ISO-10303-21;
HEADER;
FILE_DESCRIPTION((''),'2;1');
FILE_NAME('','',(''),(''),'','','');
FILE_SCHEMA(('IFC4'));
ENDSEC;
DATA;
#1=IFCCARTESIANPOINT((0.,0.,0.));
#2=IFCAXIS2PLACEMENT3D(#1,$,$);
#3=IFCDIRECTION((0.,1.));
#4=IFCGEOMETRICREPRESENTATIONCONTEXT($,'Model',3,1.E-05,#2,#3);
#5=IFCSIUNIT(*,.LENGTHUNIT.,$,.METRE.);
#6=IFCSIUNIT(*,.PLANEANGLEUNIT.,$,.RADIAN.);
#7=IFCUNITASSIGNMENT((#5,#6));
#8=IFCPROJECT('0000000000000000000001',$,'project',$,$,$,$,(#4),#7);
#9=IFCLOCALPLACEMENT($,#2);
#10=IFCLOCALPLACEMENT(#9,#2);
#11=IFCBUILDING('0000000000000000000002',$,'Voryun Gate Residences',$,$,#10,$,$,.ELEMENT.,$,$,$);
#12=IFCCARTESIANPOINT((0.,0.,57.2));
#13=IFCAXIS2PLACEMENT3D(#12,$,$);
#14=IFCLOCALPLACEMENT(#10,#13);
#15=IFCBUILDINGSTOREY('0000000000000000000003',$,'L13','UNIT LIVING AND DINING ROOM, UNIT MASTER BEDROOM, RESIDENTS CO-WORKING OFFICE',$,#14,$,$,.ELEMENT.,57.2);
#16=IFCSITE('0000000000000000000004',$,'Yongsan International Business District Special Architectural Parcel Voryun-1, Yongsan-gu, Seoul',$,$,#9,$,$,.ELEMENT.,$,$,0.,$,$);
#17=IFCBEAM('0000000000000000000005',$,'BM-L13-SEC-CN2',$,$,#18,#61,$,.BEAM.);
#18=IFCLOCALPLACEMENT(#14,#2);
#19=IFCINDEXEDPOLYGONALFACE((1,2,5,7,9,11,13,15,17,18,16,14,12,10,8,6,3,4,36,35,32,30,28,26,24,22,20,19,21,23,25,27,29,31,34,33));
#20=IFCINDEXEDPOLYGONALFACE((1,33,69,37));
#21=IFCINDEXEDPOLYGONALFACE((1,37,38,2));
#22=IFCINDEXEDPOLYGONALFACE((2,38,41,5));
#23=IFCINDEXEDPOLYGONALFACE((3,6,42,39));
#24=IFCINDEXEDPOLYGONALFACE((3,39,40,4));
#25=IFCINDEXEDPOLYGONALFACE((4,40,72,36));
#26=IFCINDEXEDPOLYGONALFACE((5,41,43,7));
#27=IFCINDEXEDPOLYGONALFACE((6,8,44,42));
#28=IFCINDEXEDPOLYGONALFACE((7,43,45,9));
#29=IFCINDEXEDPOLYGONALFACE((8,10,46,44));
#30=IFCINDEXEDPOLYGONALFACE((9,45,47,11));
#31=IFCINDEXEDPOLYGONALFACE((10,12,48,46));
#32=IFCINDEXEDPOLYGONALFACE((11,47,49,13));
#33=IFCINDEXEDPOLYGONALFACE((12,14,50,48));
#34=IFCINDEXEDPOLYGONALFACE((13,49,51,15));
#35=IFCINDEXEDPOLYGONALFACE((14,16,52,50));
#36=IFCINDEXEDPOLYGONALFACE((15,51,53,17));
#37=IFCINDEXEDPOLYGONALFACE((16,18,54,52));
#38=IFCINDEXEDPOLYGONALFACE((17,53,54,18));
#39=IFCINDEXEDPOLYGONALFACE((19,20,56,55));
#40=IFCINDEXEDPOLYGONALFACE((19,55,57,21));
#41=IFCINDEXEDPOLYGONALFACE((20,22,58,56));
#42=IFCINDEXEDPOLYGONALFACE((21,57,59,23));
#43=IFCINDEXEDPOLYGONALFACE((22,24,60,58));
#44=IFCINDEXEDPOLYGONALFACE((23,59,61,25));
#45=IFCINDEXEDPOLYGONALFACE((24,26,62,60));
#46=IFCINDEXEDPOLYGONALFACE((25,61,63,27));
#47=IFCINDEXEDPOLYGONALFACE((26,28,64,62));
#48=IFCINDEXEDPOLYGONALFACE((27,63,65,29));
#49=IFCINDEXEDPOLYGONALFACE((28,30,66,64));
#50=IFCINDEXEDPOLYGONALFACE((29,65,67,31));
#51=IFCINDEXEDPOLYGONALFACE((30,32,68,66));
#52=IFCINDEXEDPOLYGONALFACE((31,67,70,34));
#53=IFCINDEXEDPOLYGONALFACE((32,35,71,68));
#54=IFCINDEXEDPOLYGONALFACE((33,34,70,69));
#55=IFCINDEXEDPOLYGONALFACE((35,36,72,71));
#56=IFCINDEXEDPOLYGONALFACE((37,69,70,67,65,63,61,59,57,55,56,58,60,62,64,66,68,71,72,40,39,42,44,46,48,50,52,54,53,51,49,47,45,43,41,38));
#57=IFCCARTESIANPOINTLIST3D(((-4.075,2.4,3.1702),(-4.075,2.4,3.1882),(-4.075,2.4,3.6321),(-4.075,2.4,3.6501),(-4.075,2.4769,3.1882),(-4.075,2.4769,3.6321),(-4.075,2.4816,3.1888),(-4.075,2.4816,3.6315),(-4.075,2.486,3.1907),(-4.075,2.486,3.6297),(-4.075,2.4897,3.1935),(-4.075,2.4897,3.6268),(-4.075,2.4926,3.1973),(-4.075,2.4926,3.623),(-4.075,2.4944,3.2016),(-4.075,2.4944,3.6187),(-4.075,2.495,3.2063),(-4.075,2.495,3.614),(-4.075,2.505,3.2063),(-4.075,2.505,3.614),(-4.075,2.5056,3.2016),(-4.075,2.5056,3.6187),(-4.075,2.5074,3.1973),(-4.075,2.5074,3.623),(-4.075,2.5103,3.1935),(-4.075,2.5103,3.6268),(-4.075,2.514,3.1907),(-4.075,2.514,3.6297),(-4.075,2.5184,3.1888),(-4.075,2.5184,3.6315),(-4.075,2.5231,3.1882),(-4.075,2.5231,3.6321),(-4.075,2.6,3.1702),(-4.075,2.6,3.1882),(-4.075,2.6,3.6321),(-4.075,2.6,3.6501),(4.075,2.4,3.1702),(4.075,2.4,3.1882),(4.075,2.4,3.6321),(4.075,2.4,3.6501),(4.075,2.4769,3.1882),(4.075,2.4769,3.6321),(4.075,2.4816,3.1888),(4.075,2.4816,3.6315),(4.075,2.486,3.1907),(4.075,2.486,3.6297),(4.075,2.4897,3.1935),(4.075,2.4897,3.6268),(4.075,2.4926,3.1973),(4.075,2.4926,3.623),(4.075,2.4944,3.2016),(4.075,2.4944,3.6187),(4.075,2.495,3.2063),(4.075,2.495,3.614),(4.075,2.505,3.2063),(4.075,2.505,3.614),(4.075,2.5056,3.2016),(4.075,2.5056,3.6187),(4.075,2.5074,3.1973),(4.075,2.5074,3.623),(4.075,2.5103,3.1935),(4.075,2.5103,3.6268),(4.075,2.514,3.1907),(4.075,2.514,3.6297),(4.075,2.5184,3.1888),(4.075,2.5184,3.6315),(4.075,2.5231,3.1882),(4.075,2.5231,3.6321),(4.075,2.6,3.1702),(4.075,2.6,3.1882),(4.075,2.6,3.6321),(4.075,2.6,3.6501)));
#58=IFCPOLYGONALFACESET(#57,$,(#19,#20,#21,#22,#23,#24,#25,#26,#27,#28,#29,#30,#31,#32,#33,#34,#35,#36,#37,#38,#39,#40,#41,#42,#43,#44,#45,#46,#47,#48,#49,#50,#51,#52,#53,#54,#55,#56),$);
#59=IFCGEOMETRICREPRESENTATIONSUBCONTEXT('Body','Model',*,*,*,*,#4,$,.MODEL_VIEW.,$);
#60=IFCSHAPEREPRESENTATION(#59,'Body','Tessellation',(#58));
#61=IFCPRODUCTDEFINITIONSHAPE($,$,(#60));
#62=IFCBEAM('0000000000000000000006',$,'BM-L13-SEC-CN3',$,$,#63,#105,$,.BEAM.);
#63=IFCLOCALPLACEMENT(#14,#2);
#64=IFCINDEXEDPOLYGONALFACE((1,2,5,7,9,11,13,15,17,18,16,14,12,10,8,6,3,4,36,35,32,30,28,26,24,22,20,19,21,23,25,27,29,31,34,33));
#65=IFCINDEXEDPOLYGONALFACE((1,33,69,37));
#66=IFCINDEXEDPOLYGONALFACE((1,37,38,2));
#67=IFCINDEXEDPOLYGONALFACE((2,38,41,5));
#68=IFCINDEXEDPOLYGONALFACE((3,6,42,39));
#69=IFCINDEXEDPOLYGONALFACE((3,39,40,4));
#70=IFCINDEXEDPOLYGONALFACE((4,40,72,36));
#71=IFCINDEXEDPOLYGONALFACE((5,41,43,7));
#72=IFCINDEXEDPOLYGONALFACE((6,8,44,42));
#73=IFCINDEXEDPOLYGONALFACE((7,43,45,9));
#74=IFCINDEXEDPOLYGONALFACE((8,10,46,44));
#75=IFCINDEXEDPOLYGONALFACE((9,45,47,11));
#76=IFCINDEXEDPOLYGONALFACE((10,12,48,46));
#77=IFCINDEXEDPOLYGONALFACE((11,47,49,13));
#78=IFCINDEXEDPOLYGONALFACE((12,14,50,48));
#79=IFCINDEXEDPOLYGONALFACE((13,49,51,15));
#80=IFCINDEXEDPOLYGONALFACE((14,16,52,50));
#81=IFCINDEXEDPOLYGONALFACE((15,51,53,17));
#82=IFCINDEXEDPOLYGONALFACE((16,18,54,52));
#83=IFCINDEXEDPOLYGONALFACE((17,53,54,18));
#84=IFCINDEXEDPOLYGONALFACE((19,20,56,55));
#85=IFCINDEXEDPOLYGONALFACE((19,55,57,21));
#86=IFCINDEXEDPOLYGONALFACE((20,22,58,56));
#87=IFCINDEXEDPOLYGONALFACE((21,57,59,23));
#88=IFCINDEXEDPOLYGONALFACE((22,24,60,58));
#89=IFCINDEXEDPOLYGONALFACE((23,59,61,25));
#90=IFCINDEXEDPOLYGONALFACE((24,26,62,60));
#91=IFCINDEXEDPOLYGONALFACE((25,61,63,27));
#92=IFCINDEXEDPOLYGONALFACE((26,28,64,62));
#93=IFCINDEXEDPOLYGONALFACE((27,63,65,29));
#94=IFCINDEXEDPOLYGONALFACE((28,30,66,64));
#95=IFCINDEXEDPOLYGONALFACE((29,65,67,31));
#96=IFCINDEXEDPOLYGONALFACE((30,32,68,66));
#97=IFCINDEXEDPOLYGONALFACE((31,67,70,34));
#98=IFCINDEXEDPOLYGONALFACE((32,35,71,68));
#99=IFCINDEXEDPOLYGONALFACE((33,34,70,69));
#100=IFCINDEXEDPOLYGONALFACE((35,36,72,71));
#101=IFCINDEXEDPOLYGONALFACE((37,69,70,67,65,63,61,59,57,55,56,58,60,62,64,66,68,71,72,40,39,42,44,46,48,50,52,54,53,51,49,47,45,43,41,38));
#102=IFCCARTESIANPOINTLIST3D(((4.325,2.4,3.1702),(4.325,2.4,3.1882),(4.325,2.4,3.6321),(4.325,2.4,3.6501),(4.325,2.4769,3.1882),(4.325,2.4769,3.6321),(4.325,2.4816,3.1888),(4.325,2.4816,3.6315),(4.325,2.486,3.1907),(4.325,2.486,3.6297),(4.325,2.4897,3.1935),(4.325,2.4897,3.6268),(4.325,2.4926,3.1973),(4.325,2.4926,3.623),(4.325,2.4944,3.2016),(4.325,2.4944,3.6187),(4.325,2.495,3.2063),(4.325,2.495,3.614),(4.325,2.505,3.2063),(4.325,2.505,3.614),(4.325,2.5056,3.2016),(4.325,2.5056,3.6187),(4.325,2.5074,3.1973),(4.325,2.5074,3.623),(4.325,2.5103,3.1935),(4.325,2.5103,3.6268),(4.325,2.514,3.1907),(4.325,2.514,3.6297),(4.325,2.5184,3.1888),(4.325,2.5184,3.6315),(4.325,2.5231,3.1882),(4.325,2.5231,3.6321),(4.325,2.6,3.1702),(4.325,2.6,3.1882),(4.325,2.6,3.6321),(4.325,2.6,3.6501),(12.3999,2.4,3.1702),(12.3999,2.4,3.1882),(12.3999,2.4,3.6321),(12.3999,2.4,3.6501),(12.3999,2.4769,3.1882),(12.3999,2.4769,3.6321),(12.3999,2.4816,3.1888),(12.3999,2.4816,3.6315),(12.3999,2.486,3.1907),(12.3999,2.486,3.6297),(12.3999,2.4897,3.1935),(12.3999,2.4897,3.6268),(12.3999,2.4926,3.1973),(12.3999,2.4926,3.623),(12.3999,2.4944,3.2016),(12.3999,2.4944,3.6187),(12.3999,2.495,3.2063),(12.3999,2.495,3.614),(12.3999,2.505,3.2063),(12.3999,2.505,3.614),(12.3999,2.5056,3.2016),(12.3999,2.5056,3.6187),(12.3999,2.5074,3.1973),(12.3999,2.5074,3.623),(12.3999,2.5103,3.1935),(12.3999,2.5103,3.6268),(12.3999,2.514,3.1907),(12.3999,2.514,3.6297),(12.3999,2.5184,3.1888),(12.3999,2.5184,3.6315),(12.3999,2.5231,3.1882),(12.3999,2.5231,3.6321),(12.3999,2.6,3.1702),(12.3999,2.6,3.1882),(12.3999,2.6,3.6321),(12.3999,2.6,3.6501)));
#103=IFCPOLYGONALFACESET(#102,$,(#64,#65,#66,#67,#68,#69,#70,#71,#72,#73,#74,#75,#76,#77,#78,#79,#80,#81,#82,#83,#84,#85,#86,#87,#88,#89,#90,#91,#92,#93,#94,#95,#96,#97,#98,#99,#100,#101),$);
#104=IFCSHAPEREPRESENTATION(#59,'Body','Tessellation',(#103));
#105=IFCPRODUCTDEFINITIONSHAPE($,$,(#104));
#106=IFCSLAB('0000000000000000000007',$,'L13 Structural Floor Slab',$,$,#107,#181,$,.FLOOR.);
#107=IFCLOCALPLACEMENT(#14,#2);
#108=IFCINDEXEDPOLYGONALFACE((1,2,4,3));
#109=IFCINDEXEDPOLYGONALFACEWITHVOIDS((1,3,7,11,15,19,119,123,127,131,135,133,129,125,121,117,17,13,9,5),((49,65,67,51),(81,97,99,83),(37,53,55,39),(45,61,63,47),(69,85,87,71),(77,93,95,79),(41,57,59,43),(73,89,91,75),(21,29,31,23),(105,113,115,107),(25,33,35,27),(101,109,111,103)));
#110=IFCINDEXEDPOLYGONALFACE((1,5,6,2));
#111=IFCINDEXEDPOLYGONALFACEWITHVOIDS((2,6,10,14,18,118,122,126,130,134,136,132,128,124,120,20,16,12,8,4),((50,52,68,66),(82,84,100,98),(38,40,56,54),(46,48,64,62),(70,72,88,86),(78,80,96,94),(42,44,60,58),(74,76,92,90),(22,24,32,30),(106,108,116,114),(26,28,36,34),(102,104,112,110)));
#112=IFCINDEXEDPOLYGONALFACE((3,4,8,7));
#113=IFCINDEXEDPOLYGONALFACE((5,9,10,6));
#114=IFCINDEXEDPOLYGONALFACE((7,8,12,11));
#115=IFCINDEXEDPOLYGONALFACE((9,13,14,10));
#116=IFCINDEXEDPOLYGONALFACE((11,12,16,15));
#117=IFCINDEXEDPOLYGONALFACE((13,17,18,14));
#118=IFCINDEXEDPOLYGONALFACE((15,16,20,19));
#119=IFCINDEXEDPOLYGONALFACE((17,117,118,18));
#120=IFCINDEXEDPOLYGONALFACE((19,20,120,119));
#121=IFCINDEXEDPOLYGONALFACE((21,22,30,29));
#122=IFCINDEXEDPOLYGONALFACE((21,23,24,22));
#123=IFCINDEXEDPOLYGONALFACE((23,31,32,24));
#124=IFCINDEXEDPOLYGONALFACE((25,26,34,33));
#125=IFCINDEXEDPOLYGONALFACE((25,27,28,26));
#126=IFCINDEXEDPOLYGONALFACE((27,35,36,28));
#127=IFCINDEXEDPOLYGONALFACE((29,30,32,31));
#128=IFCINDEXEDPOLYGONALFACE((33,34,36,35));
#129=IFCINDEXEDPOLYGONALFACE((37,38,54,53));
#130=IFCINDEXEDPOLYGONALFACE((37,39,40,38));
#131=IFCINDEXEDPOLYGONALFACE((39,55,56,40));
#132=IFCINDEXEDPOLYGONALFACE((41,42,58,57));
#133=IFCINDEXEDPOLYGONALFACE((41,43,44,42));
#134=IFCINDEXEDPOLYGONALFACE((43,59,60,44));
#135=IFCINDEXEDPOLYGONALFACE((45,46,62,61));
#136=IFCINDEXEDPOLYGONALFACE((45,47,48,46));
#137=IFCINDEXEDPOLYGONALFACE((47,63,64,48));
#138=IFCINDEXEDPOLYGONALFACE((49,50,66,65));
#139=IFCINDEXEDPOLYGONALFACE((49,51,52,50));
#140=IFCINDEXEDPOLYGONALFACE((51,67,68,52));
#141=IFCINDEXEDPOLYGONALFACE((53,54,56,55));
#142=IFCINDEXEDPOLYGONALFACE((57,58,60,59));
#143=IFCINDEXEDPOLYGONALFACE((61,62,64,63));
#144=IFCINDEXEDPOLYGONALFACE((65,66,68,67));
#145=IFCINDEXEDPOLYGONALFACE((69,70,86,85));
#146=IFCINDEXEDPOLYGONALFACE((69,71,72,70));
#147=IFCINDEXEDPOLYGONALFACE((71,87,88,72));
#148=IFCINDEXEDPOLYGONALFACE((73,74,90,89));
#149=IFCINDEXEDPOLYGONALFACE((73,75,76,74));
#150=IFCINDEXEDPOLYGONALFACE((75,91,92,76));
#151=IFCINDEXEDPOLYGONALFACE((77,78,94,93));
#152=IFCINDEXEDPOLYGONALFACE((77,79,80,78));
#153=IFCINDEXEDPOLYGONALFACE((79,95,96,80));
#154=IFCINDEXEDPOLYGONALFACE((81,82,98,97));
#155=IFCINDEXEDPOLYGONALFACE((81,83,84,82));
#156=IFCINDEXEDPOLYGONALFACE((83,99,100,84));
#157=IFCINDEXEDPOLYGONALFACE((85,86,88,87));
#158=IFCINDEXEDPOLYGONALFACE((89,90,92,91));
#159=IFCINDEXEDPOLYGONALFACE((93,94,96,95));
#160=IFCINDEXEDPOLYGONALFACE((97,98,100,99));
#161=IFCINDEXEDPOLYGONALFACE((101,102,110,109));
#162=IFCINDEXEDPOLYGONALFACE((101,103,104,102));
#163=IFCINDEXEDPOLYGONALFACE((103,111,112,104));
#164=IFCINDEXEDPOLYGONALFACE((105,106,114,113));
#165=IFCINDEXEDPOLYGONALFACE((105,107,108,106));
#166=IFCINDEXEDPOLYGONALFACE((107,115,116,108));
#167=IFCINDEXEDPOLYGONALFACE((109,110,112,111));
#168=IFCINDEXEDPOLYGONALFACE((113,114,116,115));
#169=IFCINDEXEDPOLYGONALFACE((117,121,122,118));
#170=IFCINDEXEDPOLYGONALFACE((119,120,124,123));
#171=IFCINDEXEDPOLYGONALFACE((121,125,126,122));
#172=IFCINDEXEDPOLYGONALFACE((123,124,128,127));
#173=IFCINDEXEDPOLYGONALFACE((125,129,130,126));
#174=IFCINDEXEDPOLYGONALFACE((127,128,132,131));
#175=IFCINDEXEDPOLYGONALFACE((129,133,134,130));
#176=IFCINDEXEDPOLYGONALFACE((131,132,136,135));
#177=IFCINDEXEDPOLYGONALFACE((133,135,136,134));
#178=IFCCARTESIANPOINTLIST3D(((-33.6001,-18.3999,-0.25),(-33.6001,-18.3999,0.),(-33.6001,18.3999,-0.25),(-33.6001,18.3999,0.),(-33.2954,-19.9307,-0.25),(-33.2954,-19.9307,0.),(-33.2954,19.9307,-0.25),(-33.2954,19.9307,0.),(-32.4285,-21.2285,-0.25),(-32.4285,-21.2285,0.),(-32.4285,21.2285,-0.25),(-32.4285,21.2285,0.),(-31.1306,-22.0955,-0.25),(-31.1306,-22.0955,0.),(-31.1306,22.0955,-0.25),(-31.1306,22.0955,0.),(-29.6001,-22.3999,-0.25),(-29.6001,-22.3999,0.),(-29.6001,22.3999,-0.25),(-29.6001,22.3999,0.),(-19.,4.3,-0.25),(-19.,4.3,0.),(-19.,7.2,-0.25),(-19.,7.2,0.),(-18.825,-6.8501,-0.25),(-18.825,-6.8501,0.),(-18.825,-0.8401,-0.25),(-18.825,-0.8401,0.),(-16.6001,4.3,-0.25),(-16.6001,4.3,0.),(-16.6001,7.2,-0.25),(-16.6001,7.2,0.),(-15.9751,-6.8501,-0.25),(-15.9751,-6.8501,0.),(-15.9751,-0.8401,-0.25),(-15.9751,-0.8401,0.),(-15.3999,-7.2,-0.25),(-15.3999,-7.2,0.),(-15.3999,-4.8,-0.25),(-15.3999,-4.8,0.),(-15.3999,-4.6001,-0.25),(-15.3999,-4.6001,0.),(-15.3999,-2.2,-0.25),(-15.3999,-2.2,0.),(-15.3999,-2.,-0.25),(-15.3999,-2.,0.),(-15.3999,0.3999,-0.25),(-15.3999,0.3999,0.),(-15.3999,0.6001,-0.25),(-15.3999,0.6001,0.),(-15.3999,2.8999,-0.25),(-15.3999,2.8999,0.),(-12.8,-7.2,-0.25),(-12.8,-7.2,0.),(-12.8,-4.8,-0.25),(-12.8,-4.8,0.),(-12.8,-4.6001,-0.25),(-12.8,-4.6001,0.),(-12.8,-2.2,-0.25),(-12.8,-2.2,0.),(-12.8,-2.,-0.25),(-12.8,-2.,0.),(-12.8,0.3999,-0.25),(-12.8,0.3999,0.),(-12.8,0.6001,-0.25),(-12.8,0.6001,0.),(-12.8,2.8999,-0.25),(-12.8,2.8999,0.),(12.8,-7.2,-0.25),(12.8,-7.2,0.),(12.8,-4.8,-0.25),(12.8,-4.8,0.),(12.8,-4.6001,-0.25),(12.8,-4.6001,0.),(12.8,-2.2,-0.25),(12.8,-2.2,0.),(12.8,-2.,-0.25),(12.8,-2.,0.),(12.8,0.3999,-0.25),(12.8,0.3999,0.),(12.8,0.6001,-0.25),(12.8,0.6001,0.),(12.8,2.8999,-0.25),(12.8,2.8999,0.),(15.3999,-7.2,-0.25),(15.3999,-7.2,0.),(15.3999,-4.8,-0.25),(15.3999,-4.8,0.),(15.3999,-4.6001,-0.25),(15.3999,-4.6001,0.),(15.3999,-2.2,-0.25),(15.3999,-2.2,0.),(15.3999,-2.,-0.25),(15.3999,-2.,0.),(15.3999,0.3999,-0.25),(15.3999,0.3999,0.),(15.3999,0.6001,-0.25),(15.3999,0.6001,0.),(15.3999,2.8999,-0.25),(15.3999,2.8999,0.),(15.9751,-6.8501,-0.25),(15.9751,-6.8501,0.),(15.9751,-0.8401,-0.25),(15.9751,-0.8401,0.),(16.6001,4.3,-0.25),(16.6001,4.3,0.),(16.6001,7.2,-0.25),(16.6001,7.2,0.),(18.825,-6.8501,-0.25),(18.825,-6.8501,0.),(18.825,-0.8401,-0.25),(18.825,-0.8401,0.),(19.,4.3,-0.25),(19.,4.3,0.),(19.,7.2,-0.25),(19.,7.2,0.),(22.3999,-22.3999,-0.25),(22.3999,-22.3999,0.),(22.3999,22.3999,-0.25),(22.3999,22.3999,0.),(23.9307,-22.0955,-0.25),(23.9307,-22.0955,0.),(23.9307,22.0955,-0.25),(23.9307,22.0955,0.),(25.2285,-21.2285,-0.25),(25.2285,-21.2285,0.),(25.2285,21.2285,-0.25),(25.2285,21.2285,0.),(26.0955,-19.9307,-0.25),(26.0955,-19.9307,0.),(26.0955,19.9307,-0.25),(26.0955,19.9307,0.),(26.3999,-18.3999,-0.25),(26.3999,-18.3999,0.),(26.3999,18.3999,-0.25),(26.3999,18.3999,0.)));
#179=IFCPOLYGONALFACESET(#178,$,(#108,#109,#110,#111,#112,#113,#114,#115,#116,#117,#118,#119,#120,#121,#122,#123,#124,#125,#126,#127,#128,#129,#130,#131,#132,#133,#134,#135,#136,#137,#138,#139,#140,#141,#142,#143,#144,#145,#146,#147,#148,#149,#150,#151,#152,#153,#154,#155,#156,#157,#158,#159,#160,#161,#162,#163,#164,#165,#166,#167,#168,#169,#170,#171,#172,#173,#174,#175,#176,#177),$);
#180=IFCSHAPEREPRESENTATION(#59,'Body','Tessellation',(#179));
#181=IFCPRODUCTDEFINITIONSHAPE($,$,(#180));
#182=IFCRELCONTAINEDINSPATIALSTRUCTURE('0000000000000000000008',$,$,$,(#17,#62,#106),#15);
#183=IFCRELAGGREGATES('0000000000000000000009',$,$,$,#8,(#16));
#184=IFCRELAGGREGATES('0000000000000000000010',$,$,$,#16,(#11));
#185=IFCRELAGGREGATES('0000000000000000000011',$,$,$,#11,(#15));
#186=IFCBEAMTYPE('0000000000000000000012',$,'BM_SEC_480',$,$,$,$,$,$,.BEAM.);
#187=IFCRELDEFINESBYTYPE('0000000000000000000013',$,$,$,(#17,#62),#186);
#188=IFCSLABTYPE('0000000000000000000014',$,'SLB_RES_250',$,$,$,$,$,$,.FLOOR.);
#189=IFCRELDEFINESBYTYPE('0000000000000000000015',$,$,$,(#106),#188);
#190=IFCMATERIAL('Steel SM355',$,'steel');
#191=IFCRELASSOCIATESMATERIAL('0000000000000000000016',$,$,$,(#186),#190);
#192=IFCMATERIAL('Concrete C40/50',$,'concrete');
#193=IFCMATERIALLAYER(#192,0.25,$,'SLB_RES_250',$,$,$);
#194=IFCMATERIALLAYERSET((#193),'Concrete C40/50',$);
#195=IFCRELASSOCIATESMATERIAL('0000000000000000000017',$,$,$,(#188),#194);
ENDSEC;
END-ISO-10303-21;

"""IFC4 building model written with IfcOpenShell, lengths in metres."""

from ifc_helpers import new_model, si_unit, direction, frame, origin, origin_2d, place, context, subcontext, project, spatial, polyline, i_section, outline, extrude, material, layer, layer_set, material_profile, profile_set, type_object, element, save


model = new_model("IFC4")

# Units and contexts
model_context = context("Model", 3, precision=1e-05, world=origin(), true_north=direction((0.0, 1.0)))
body_context = subcontext(model_context, "Body", "Model", "MODEL_VIEW")
ifc_project = project(units=[si_unit("LENGTHUNIT", "METRE"), si_unit("PLANEANGLEUNIT", "RADIAN")], contexts=[model_context])

# Site, building, storey
site_placement = place(None, origin())
site = spatial("IfcSite", under=ifc_project, at=site_placement, Name="Yongsan International Business District Special Architectural Parcel Voryun-1, Yongsan-gu, Seoul", CompositionType="ELEMENT", RefElevation=0.0)
building_placement = place(site_placement, origin())
building = spatial("IfcBuilding", under=site, at=building_placement, Name="Voryun Gate Residences", CompositionType="ELEMENT")
storey_placement = place(building_placement, frame((0.0, 0.0, 57.2)))
storey = spatial("IfcBuildingStorey", under=building, at=storey_placement, Name="L13", Description="UNIT LIVING AND DINING ROOM, UNIT MASTER BEDROOM, RESIDENTS CO-WORKING OFFICE", CompositionType="ELEMENT", Elevation=57.2)

# Beams
ifc_material_1 = material(Name="Steel SM355", Category="steel")
ifc_material_profile_1 = material_profile(ifc_material_1, i_section(OverallWidth=0.2, OverallDepth=0.48, WebThickness=0.01, FlangeThickness=0.0181, FilletRadius=0.0181, at=origin_2d()), Name="H-480x200x10x18")
ifc_profile_set_1 = profile_set([ifc_material_profile_1], Name="Steel SM355")
beam_type_1 = type_object("IfcBeamType", Name="BM_SEC_480", PredefinedType="BEAM", material=ifc_profile_set_1)
beam_1_placement = place(storey_placement, frame((-4.075, 2.5, 3.4102), z_axis=(1.0, 0.0, 0.0), x_axis=(0.0, 1.0, 0.0)))
element("IfcBeam", 1, at=beam_1_placement, inside=storey, type_object=beam_type_1, Name="BM-L13-SEC-CN2", PredefinedType="BEAM", context=body_context, shape_type="SweptSolid", body=[
    extrude(i_section(OverallWidth=0.2, OverallDepth=0.48, WebThickness=0.01, FlangeThickness=0.0181, FilletRadius=0.0181, at=origin_2d()), origin(), (0.0, 0.0, 1.0), 8.1499),
])
beam_2_placement = place(storey_placement, frame((4.325, 2.5, 3.4102), z_axis=(1.0, 0.0, 0.0), x_axis=(0.0, 1.0, 0.0)))
element("IfcBeam", 2, at=beam_2_placement, inside=storey, type_object=beam_type_1, Name="BM-L13-SEC-CN3", PredefinedType="BEAM", context=body_context, shape_type="SweptSolid", body=[
    extrude(i_section(OverallWidth=0.2, OverallDepth=0.48, WebThickness=0.01, FlangeThickness=0.0181, FilletRadius=0.0181, at=origin_2d()), origin(), (0.0, 0.0, 1.0), 8.075),
])

# Slab
ifc_material_2 = material(Name="Concrete C40/50", Category="concrete")
ifc_layer_1 = layer(ifc_material_2, 0.25, Name="SLB_RES_250")
ifc_layer_set_1 = layer_set([ifc_layer_1], Name="Concrete C40/50")
slab_type_1 = type_object("IfcSlabType", Name="SLB_RES_250", PredefinedType="FLOOR", material=ifc_layer_set_1)
slab_1_placement = place(storey_placement, frame((0.0, 0.0, -0.25)))
element("IfcSlab", 3, at=slab_1_placement, inside=storey, type_object=slab_type_1, Name="L13 Structural Floor Slab", PredefinedType="FLOOR", context=body_context, shape_type="SweptSolid", body=[
    extrude(outline(polyline([(-29.6001, -22.3999), (-31.1306, -22.0955), (-32.4285, -21.2285), (-33.2954, -19.9307), (-33.6001, -18.3999), (-33.6001, 18.3999), (-33.2954, 19.9307), (-32.4285, 21.2285), (-31.1306, 22.0955), (-29.6001, 22.3999), (22.3999, 22.3999), (23.9307, 22.0955), (25.2285, 21.2285), (26.0955, 19.9307), (26.3999, 18.3999), (26.3999, -18.3999), (26.0955, -19.9307), (25.2285, -21.2285), (23.9307, -22.0955), (22.3999, -22.3999), (-29.6001, -22.3999)]), holes=[polyline([(-12.8, -4.8), (-15.3999, -4.8), (-15.3999, -7.2), (-12.8, -7.2), (-12.8, -4.8)]), polyline([(-18.825, -6.8501), (-15.9751, -6.8501), (-15.9751, -0.8401), (-18.825, -0.8401), (-18.825, -6.8501)]), polyline([(-12.8, -4.6001), (-12.8, -2.2), (-15.3999, -2.2), (-15.3999, -4.6001), (-12.8, -4.6001)]), polyline([(-12.8, 0.3999), (-15.3999, 0.3999), (-15.3999, -2.0), (-12.8, -2.0), (-12.8, 0.3999)]), polyline([(-12.8, 0.6001), (-12.8, 2.8999), (-15.3999, 2.8999), (-15.3999, 0.6001), (-12.8, 0.6001)]), polyline([(-16.6001, 4.3), (-16.6001, 7.2), (-19.0, 7.2), (-19.0, 4.3), (-16.6001, 4.3)]), polyline([(15.3999, -4.8), (12.8, -4.8), (12.8, -7.2), (15.3999, -7.2), (15.3999, -4.8)]), polyline([(15.9751, -6.8501), (18.825, -6.8501), (18.825, -0.8401), (15.9751, -0.8401), (15.9751, -6.8501)]), polyline([(15.3999, -4.6001), (15.3999, -2.2), (12.8, -2.2), (12.8, -4.6001), (15.3999, -4.6001)]), polyline([(15.3999, 0.3999), (12.8, 0.3999), (12.8, -2.0), (15.3999, -2.0), (15.3999, 0.3999)]), polyline([(15.3999, 0.6001), (15.3999, 2.8999), (12.8, 2.8999), (12.8, 0.6001), (15.3999, 0.6001)]), polyline([(19.0, 4.3), (19.0, 7.2), (16.6001, 7.2), (16.6001, 4.3), (19.0, 4.3)])]), origin(), (0.0, 0.0, 1.0), 0.25),
])

save(model, "model.ifc")
